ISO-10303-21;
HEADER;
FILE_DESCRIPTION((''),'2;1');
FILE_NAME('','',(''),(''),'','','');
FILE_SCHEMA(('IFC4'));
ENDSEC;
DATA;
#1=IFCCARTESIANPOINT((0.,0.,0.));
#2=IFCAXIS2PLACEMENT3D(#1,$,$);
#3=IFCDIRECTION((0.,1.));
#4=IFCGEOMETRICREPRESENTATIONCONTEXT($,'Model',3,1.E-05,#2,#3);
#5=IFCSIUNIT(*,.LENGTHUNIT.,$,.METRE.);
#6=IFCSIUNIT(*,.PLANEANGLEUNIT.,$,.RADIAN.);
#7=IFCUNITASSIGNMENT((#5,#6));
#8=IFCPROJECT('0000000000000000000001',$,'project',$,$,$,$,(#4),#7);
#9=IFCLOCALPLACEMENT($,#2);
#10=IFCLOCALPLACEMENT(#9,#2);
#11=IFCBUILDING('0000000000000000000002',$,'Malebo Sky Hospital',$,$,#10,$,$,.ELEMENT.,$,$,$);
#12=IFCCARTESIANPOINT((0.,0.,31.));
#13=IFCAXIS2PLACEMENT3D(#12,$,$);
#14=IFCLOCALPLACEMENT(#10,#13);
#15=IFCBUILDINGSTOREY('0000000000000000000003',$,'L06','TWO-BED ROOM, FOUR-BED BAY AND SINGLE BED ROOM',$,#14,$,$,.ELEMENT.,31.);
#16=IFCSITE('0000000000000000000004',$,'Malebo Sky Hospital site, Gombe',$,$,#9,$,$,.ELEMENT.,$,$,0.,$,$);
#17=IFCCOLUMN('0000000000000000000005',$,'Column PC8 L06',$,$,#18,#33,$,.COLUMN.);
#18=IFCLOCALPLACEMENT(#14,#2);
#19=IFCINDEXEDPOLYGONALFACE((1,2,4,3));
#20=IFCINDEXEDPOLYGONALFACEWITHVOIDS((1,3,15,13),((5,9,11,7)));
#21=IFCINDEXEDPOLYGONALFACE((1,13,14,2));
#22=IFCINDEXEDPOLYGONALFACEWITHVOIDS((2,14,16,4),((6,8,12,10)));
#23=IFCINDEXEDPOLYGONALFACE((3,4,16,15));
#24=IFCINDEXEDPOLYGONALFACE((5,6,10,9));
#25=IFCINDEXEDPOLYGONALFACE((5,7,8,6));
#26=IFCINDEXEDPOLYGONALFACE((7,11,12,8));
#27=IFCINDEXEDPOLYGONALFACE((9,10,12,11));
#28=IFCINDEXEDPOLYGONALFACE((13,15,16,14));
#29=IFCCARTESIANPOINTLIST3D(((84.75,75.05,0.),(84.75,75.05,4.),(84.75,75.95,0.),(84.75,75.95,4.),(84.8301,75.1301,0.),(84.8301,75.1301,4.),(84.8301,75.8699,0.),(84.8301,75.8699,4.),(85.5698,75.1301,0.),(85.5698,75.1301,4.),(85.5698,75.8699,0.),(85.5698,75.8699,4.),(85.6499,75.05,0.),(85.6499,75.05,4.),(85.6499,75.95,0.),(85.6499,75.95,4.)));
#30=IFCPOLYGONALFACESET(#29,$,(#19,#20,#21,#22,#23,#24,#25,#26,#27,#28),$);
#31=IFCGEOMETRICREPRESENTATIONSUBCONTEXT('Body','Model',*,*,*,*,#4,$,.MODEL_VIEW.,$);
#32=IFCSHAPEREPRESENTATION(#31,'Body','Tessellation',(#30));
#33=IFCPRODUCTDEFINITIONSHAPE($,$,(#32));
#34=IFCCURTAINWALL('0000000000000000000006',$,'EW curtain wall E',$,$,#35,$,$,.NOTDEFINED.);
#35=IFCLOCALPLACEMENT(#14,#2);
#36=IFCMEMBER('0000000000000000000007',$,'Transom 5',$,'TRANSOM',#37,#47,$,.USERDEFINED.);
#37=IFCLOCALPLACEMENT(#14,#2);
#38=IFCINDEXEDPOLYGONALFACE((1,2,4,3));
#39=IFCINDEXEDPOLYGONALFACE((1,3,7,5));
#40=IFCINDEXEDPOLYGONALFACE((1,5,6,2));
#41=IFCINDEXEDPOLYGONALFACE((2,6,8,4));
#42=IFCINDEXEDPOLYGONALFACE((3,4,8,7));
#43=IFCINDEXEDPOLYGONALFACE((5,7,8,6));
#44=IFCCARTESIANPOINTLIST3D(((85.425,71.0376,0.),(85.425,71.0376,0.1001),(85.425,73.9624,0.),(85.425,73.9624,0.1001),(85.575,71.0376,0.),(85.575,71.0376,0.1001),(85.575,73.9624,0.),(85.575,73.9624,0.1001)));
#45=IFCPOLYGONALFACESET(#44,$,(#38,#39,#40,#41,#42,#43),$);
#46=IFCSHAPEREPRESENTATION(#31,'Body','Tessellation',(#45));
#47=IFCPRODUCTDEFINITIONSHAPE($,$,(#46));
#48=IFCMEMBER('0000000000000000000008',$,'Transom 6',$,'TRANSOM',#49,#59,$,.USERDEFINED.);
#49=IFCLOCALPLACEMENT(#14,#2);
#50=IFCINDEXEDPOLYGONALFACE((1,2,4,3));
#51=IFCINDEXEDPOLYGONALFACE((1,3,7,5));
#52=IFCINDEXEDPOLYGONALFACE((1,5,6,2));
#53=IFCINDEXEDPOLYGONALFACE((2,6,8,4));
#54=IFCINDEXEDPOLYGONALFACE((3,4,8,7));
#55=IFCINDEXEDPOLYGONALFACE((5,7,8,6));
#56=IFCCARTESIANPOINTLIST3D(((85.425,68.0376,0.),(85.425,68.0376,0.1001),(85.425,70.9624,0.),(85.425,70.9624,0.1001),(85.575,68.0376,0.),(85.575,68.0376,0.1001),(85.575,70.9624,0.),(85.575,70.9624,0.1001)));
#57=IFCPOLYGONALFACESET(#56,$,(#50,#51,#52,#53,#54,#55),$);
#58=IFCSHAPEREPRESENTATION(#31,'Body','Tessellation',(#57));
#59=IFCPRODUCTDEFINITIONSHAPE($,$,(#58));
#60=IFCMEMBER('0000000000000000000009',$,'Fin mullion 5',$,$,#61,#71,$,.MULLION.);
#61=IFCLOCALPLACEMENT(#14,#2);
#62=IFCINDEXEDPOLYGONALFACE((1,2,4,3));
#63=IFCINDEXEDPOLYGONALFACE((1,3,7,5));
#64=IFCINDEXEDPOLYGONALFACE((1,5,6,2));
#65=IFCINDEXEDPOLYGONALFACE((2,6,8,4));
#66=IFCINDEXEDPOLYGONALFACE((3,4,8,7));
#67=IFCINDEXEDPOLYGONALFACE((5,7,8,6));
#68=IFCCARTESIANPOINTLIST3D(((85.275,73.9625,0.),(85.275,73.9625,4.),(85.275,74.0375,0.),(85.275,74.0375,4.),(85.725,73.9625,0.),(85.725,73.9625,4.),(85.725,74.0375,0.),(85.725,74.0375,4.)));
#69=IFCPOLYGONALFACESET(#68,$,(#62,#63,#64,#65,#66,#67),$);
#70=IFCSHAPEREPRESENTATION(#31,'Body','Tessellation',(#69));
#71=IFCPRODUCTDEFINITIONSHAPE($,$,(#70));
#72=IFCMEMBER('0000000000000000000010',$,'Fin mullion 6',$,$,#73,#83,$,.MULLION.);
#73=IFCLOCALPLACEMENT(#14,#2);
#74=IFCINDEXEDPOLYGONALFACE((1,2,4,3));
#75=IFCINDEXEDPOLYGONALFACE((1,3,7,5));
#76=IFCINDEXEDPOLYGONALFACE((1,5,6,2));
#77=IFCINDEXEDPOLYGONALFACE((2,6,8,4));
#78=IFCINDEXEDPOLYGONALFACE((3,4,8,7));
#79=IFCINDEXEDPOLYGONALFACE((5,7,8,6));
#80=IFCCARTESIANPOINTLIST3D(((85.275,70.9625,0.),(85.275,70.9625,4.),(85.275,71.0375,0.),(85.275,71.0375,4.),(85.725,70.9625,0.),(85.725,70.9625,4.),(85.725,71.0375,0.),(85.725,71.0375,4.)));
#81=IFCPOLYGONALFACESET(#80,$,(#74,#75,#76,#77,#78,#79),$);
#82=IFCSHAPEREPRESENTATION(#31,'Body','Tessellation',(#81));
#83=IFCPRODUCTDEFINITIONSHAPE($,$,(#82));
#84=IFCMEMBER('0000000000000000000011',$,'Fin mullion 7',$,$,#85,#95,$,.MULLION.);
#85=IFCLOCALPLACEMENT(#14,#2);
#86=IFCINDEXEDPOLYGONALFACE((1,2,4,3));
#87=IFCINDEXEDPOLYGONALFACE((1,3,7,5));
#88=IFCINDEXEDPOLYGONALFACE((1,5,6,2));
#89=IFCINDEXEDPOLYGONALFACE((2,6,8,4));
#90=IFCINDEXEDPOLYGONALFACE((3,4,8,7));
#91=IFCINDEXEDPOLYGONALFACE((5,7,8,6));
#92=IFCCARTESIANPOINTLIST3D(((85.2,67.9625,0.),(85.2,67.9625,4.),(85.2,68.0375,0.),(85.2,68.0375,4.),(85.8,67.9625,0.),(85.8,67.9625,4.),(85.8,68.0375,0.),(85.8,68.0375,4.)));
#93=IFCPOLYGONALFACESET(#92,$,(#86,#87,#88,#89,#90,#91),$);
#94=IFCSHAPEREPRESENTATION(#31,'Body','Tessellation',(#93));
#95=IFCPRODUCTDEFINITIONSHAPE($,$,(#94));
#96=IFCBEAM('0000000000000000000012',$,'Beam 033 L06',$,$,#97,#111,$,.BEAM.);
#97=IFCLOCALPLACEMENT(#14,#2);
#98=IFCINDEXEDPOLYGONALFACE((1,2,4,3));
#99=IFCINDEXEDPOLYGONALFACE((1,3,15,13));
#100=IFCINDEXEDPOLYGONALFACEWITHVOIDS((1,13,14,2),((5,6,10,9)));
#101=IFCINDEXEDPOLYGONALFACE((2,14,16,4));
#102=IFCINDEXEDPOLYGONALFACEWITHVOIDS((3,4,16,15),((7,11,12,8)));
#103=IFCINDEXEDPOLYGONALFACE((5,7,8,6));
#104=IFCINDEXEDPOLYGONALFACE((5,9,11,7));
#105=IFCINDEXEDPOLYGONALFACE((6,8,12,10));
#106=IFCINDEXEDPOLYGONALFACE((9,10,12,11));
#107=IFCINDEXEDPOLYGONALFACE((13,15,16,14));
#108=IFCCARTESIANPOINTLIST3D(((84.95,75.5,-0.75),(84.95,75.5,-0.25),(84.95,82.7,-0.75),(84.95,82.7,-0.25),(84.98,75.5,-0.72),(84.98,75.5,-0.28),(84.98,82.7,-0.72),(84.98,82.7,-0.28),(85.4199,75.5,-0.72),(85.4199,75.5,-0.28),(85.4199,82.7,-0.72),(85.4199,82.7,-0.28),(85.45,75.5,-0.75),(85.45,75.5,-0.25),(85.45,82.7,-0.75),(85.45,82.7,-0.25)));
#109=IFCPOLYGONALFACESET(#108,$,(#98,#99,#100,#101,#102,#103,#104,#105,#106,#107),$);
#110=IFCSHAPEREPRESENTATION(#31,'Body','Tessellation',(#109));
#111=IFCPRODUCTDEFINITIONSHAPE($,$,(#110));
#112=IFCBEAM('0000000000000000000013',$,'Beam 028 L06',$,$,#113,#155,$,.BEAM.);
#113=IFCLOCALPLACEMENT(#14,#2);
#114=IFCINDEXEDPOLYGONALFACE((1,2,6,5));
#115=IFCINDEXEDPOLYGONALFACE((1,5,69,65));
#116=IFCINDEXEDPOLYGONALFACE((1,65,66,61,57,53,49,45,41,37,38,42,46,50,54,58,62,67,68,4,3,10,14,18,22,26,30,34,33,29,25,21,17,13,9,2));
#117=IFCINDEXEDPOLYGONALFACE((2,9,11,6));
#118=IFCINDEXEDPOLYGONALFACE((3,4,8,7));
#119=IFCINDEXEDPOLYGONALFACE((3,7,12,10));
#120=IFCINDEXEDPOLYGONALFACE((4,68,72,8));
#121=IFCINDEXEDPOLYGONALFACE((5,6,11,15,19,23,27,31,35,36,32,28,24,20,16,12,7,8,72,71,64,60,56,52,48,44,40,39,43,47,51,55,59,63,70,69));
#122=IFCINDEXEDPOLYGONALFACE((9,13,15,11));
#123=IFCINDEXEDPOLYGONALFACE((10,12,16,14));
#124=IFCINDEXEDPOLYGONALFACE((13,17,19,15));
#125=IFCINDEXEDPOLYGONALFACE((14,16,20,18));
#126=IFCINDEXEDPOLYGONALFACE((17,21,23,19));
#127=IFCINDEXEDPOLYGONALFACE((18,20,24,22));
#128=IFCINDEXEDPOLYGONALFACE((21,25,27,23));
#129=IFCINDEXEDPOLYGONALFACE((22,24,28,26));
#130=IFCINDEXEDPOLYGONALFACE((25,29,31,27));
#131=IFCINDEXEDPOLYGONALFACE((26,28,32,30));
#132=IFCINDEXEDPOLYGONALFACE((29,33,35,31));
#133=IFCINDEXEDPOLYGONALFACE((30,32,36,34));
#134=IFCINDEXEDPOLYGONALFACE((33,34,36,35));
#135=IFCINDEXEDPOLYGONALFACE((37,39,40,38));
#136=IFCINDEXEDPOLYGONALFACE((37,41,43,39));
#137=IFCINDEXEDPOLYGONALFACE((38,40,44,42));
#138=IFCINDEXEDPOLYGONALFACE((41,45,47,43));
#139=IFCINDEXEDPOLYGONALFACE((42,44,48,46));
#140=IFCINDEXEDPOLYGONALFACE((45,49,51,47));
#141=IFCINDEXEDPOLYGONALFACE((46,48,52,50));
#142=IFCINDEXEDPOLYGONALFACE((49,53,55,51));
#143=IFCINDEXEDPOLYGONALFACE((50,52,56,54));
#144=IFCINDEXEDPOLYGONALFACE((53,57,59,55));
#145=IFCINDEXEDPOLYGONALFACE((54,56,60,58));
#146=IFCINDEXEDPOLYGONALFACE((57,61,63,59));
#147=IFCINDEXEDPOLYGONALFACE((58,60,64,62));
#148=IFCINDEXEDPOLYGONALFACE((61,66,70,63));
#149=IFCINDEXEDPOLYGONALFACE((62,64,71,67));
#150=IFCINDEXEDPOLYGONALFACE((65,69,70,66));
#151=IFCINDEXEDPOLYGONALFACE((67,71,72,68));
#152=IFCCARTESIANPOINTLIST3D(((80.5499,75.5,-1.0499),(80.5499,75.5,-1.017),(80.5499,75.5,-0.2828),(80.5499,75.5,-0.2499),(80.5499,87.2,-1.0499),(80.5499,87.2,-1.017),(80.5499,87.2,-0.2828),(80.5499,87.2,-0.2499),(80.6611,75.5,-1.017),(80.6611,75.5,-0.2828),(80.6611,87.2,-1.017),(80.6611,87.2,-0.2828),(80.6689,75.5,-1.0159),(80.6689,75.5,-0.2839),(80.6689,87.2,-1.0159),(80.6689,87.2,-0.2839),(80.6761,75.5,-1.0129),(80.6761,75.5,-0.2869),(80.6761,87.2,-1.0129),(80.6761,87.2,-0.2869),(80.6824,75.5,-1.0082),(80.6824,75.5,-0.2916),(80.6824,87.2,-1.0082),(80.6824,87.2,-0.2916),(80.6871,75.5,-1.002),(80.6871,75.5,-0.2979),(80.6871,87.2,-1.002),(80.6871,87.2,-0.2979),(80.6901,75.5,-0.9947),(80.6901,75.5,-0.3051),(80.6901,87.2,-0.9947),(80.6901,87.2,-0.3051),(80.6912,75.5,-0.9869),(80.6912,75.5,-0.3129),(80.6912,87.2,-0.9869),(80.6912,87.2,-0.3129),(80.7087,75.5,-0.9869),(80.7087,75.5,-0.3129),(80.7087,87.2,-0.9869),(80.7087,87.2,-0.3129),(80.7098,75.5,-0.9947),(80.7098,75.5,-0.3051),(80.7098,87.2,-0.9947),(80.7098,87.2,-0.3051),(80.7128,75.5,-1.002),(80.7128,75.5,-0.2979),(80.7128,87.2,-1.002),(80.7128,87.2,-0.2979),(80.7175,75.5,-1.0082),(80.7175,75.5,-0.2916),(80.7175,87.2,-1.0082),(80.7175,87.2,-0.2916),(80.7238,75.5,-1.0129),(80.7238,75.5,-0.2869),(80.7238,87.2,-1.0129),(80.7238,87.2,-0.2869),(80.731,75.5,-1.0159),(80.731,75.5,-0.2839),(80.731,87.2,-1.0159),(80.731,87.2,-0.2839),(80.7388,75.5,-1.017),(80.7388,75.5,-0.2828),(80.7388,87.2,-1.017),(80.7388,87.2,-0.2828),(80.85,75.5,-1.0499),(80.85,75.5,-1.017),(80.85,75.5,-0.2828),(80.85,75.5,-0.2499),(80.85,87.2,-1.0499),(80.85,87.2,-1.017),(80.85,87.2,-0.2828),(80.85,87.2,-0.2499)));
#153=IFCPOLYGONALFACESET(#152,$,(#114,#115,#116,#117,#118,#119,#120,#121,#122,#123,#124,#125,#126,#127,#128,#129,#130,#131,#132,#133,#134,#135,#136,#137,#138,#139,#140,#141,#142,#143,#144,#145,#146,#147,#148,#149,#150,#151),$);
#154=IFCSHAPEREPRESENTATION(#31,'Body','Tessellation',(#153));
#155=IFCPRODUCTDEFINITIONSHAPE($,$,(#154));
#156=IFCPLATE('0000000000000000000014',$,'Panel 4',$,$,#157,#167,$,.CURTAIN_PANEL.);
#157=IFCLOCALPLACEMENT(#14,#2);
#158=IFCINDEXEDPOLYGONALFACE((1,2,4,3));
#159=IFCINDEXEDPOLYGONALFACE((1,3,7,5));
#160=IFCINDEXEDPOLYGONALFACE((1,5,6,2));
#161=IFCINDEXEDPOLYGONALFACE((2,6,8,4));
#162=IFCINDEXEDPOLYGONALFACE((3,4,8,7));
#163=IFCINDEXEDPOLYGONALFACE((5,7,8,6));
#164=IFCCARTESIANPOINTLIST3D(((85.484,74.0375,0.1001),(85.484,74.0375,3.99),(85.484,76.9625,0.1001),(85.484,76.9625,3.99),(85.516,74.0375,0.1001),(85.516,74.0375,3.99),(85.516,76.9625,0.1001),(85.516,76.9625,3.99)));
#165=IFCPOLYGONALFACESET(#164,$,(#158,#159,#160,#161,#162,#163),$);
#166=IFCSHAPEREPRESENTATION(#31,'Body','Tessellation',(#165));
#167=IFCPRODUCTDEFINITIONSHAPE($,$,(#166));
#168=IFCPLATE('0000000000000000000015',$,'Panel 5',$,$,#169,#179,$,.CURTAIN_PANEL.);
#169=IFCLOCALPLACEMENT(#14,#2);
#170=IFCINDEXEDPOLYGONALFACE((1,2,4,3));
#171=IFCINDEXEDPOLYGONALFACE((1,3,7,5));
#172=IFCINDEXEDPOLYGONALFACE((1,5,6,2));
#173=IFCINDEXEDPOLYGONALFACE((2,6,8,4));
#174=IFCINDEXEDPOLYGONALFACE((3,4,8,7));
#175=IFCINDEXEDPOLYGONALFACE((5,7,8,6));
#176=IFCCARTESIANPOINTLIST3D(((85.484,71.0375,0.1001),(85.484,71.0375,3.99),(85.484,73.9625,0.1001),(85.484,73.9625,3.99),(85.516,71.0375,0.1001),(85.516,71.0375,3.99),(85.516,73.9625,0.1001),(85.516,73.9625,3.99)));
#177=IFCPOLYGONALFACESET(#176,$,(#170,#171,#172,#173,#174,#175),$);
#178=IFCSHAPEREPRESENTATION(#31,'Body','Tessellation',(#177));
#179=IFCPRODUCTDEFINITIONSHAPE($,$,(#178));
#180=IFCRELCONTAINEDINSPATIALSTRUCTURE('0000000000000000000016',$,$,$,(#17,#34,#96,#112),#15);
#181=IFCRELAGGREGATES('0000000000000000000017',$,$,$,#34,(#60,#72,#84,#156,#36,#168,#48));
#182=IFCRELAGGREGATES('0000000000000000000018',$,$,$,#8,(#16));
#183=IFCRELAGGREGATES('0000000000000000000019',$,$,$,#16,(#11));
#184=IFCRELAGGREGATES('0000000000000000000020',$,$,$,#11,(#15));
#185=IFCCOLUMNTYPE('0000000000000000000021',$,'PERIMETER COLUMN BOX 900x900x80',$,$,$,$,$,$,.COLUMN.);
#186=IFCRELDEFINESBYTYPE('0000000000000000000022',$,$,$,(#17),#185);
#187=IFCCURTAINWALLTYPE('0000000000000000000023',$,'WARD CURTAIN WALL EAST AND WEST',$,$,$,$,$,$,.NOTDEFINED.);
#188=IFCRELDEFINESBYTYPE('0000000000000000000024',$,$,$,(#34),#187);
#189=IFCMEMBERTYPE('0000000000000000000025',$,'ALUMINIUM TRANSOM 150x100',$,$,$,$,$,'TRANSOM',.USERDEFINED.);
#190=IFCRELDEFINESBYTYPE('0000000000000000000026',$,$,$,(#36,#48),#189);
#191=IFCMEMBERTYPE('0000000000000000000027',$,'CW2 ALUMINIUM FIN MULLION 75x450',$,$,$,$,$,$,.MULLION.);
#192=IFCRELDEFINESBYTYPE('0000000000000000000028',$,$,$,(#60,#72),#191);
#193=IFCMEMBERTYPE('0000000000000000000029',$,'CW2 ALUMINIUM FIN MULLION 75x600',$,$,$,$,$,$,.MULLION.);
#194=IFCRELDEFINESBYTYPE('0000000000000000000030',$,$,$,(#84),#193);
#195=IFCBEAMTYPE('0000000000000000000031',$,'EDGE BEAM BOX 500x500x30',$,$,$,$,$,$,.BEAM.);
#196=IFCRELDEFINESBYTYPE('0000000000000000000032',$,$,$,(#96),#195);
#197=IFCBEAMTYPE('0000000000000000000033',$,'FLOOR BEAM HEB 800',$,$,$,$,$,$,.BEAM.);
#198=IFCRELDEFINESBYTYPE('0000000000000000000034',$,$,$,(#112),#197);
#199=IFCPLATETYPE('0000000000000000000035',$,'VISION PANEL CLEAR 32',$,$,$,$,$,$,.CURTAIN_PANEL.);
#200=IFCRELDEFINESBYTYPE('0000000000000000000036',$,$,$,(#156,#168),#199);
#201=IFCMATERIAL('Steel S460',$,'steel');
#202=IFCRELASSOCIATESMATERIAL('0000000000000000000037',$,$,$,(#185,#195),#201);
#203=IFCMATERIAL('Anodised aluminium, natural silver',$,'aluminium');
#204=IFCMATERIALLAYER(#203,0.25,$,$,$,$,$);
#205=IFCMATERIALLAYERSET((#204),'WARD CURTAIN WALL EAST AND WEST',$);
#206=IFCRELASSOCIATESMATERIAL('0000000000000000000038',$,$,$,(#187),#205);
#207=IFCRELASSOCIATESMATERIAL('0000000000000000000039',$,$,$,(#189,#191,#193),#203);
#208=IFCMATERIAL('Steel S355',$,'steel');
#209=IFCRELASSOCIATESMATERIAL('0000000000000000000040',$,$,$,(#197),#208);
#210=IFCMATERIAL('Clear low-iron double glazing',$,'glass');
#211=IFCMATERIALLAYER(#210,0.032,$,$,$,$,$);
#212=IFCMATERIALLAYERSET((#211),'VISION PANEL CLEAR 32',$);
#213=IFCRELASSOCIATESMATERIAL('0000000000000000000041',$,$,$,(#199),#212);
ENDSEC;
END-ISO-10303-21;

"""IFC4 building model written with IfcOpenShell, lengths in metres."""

from ifc_helpers import new_model, si_unit, direction, frame, origin, origin_2d, place, context, subcontext, project, spatial, rectangle, hollow_rectangle, i_section, extrude, material, layer, layer_set, material_profile, profile_set, type_object, element, aggregate, save


model = new_model("IFC4")

# Units and contexts
model_context = context("Model", 3, precision=1e-05, world=origin(), true_north=direction((0.0, 1.0)))
body_context = subcontext(model_context, "Body", "Model", "MODEL_VIEW")
ifc_project = project(units=[si_unit("LENGTHUNIT", "METRE"), si_unit("PLANEANGLEUNIT", "RADIAN")], contexts=[model_context])

# Site, building, storey
site_placement = place(None, origin())
site = spatial("IfcSite", under=ifc_project, at=site_placement, Name="Malebo Sky Hospital site, Gombe", CompositionType="ELEMENT", RefElevation=0.0)
building_placement = place(site_placement, origin())
building = spatial("IfcBuilding", under=site, at=building_placement, Name="Malebo Sky Hospital", CompositionType="ELEMENT")
storey_placement = place(building_placement, frame((0.0, 0.0, 31.0)))
storey = spatial("IfcBuildingStorey", under=building, at=storey_placement, Name="L06", Description="TWO-BED ROOM, FOUR-BED BAY AND SINGLE BED ROOM", CompositionType="ELEMENT", Elevation=31.0)

# Column
ifc_material_1 = material(Name="Steel S460", Category="steel")
ifc_material_profile_1 = material_profile(ifc_material_1, hollow_rectangle(XDim=0.8999, YDim=0.8999, WallThickness=0.0801, at=origin_2d()), Name="BOX 900x900x80")
ifc_profile_set_1 = profile_set([ifc_material_profile_1], Name="Steel S460")
column_type = type_object("IfcColumnType", Name="PERIMETER COLUMN BOX 900x900x80", PredefinedType="COLUMN", material=ifc_profile_set_1)
column_placement = place(storey_placement, frame((85.2, 75.5, 0.0), z_axis=(0.0, 0.0, 1.0), x_axis=(1.0, 0.0, 0.0)))
element("IfcColumn", 1, at=column_placement, inside=storey, type_object=column_type, Name="Column PC8 L06", PredefinedType="COLUMN", context=body_context, shape_type="SweptSolid", body=[
    extrude(hollow_rectangle(XDim=0.8999, YDim=0.8999, WallThickness=0.0801, at=origin_2d()), origin(), (0.0, 0.0, 1.0), 4.0),
])

# Curtain wall, members
ifc_material_2 = material(Name="Anodised aluminium, natural silver", Category="aluminium")
ifc_layer_1 = layer(ifc_material_2, 0.25)
ifc_layer_set_1 = layer_set([ifc_layer_1], Name="WARD CURTAIN WALL EAST AND WEST")
curtain_wall_type = type_object("IfcCurtainWallType", Name="WARD CURTAIN WALL EAST AND WEST", PredefinedType="NOTDEFINED", material=ifc_layer_set_1)
curtain_wall_placement = place(storey_placement, origin())
curtain_wall = element("IfcCurtainWall", 2, at=curtain_wall_placement, inside=storey, type_object=curtain_wall_type, Name="EW curtain wall E", PredefinedType="NOTDEFINED")
ifc_material_profile_2 = material_profile(ifc_material_2, rectangle(XDim=0.1499, YDim=0.1001, at=origin_2d()), Name="ALUMINIUM TRANSOM 150x100")
ifc_profile_set_2 = profile_set([ifc_material_profile_2], Name="Anodised aluminium, natural silver")
member_type_1 = type_object("IfcMemberType", Name="ALUMINIUM TRANSOM 150x100", ElementType="TRANSOM", PredefinedType="USERDEFINED", material=ifc_profile_set_2)
member_1_placement = place(storey_placement, frame((85.5, 73.9624, 0.05), z_axis=(0.0, -1.0, 0.0), x_axis=(1.0, 0.0, 0.0)))
member_1 = element("IfcMember", 3, at=member_1_placement, type_object=member_type_1, Name="Transom 5", ObjectType="TRANSOM", PredefinedType="USERDEFINED", context=body_context, shape_type="SweptSolid", body=[
    extrude(rectangle(XDim=0.1499, YDim=0.1001, at=origin_2d()), origin(), (0.0, 0.0, 1.0), 2.9248),
])
member_2_placement = place(storey_placement, frame((85.5, 70.9624, 0.05), z_axis=(0.0, -1.0, 0.0), x_axis=(1.0, 0.0, 0.0)))
member_2 = element("IfcMember", 4, at=member_2_placement, type_object=member_type_1, Name="Transom 6", ObjectType="TRANSOM", PredefinedType="USERDEFINED", context=body_context, shape_type="SweptSolid", body=[
    extrude(rectangle(XDim=0.1499, YDim=0.1001, at=origin_2d()), origin(), (0.0, 0.0, 1.0), 2.9248),
])
ifc_material_profile_3 = material_profile(ifc_material_2, rectangle(XDim=0.075, YDim=0.45, at=origin_2d()), Name="CW2 ALUMINIUM FIN MULLION 75x450")
ifc_profile_set_3 = profile_set([ifc_material_profile_3], Name="Anodised aluminium, natural silver")
member_type_2 = type_object("IfcMemberType", Name="CW2 ALUMINIUM FIN MULLION 75x450", PredefinedType="MULLION", material=ifc_profile_set_3)
member_3_placement = place(storey_placement, frame((85.5, 74.0, 0.0), z_axis=(0.0, 0.0, 1.0), x_axis=(0.0, -1.0, 0.0)))
member_3 = element("IfcMember", 5, at=member_3_placement, type_object=member_type_2, Name="Fin mullion 5", PredefinedType="MULLION", context=body_context, shape_type="SweptSolid", body=[
    extrude(rectangle(XDim=0.075, YDim=0.45, at=origin_2d()), origin(), (0.0, 0.0, 1.0), 4.0),
])
member_4_placement = place(storey_placement, frame((85.5, 71.0, 0.0), z_axis=(0.0, 0.0, 1.0), x_axis=(0.0, -1.0, 0.0)))
member_4 = element("IfcMember", 6, at=member_4_placement, type_object=member_type_2, Name="Fin mullion 6", PredefinedType="MULLION", context=body_context, shape_type="SweptSolid", body=[
    extrude(rectangle(XDim=0.075, YDim=0.45, at=origin_2d()), origin(), (0.0, 0.0, 1.0), 4.0),
])
ifc_material_profile_4 = material_profile(ifc_material_2, rectangle(XDim=0.075, YDim=0.6001, at=origin_2d()), Name="CW2 ALUMINIUM FIN MULLION 75x600")
ifc_profile_set_4 = profile_set([ifc_material_profile_4], Name="Anodised aluminium, natural silver")
member_type_3 = type_object("IfcMemberType", Name="CW2 ALUMINIUM FIN MULLION 75x600", PredefinedType="MULLION", material=ifc_profile_set_4)
member_5_placement = place(storey_placement, frame((85.5, 68.0, 0.0), z_axis=(0.0, 0.0, 1.0), x_axis=(0.0, -1.0, 0.0)))
member_5 = element("IfcMember", 7, at=member_5_placement, type_object=member_type_3, Name="Fin mullion 7", PredefinedType="MULLION", context=body_context, shape_type="SweptSolid", body=[
    extrude(rectangle(XDim=0.075, YDim=0.6001, at=origin_2d()), origin(), (0.0, 0.0, 1.0), 4.0),
])

# Beams
ifc_material_profile_5 = material_profile(ifc_material_1, hollow_rectangle(XDim=0.5, YDim=0.5, WallThickness=0.03, at=origin_2d()), Name="BOX 500x500x30")
ifc_profile_set_5 = profile_set([ifc_material_profile_5], Name="Steel S460")
beam_type_1 = type_object("IfcBeamType", Name="EDGE BEAM BOX 500x500x30", PredefinedType="BEAM", material=ifc_profile_set_5)
beam_1_placement = place(storey_placement, frame((85.2, 75.5, -0.5), z_axis=(0.0, 1.0, 0.0), x_axis=(-1.0, 0.0, 0.0)))
element("IfcBeam", 8, at=beam_1_placement, inside=storey, type_object=beam_type_1, Name="Beam 033 L06", PredefinedType="BEAM", context=body_context, shape_type="SweptSolid", body=[
    extrude(hollow_rectangle(XDim=0.5, YDim=0.5, WallThickness=0.03, at=origin_2d()), origin(), (0.0, 0.0, 1.0), 7.2),
])
ifc_material_3 = material(Name="Steel S355", Category="steel")
ifc_material_profile_6 = material_profile(ifc_material_3, i_section(OverallWidth=0.3, OverallDepth=0.8, WebThickness=0.0176, FlangeThickness=0.033, FilletRadius=0.03, at=origin_2d()), Name="HEB 800")
ifc_profile_set_6 = profile_set([ifc_material_profile_6], Name="Steel S355")
beam_type_2 = type_object("IfcBeamType", Name="FLOOR BEAM HEB 800", PredefinedType="BEAM", material=ifc_profile_set_6)
beam_2_placement = place(storey_placement, frame((80.7, 75.5, -0.6499), z_axis=(0.0, 1.0, 0.0), x_axis=(-1.0, 0.0, 0.0)))
element("IfcBeam", 9, at=beam_2_placement, inside=storey, type_object=beam_type_2, Name="Beam 028 L06", PredefinedType="BEAM", context=body_context, shape_type="SweptSolid", body=[
    extrude(i_section(OverallWidth=0.3, OverallDepth=0.8, WebThickness=0.0176, FlangeThickness=0.033, FilletRadius=0.03, at=origin_2d()), origin(), (0.0, 0.0, 1.0), 11.7),
])

# Plates
ifc_material_4 = material(Name="Clear low-iron double glazing", Category="glass")
ifc_layer_2 = layer(ifc_material_4, 0.032)
ifc_layer_set_2 = layer_set([ifc_layer_2], Name="VISION PANEL CLEAR 32")
plate_type = type_object("IfcPlateType", Name="VISION PANEL CLEAR 32", PredefinedType="CURTAIN_PANEL", material=ifc_layer_set_2)
plate_1_placement = place(storey_placement, frame((85.5, 75.5, 0.1001), z_axis=(0.0, 0.0, 1.0), x_axis=(0.0, -1.0, 0.0)))
plate_1 = element("IfcPlate", 10, at=plate_1_placement, type_object=plate_type, Name="Panel 4", PredefinedType="CURTAIN_PANEL", context=body_context, shape_type="SweptSolid", body=[
    extrude(rectangle(XDim=2.925, YDim=0.032, at=origin_2d()), origin(), (0.0, 0.0, 1.0), 3.8899),
])
plate_2_placement = place(storey_placement, frame((85.5, 72.5, 0.1001), z_axis=(0.0, 0.0, 1.0), x_axis=(0.0, -1.0, 0.0)))
plate_2 = element("IfcPlate", 11, at=plate_2_placement, type_object=plate_type, Name="Panel 5", PredefinedType="CURTAIN_PANEL", context=body_context, shape_type="SweptSolid", body=[
    extrude(rectangle(XDim=2.925, YDim=0.032, at=origin_2d()), origin(), (0.0, 0.0, 1.0), 3.8899),
])
aggregate(curtain_wall, [member_3, member_4, member_5, plate_1, member_1, plate_2, member_2])

save(model, "model.ifc")
